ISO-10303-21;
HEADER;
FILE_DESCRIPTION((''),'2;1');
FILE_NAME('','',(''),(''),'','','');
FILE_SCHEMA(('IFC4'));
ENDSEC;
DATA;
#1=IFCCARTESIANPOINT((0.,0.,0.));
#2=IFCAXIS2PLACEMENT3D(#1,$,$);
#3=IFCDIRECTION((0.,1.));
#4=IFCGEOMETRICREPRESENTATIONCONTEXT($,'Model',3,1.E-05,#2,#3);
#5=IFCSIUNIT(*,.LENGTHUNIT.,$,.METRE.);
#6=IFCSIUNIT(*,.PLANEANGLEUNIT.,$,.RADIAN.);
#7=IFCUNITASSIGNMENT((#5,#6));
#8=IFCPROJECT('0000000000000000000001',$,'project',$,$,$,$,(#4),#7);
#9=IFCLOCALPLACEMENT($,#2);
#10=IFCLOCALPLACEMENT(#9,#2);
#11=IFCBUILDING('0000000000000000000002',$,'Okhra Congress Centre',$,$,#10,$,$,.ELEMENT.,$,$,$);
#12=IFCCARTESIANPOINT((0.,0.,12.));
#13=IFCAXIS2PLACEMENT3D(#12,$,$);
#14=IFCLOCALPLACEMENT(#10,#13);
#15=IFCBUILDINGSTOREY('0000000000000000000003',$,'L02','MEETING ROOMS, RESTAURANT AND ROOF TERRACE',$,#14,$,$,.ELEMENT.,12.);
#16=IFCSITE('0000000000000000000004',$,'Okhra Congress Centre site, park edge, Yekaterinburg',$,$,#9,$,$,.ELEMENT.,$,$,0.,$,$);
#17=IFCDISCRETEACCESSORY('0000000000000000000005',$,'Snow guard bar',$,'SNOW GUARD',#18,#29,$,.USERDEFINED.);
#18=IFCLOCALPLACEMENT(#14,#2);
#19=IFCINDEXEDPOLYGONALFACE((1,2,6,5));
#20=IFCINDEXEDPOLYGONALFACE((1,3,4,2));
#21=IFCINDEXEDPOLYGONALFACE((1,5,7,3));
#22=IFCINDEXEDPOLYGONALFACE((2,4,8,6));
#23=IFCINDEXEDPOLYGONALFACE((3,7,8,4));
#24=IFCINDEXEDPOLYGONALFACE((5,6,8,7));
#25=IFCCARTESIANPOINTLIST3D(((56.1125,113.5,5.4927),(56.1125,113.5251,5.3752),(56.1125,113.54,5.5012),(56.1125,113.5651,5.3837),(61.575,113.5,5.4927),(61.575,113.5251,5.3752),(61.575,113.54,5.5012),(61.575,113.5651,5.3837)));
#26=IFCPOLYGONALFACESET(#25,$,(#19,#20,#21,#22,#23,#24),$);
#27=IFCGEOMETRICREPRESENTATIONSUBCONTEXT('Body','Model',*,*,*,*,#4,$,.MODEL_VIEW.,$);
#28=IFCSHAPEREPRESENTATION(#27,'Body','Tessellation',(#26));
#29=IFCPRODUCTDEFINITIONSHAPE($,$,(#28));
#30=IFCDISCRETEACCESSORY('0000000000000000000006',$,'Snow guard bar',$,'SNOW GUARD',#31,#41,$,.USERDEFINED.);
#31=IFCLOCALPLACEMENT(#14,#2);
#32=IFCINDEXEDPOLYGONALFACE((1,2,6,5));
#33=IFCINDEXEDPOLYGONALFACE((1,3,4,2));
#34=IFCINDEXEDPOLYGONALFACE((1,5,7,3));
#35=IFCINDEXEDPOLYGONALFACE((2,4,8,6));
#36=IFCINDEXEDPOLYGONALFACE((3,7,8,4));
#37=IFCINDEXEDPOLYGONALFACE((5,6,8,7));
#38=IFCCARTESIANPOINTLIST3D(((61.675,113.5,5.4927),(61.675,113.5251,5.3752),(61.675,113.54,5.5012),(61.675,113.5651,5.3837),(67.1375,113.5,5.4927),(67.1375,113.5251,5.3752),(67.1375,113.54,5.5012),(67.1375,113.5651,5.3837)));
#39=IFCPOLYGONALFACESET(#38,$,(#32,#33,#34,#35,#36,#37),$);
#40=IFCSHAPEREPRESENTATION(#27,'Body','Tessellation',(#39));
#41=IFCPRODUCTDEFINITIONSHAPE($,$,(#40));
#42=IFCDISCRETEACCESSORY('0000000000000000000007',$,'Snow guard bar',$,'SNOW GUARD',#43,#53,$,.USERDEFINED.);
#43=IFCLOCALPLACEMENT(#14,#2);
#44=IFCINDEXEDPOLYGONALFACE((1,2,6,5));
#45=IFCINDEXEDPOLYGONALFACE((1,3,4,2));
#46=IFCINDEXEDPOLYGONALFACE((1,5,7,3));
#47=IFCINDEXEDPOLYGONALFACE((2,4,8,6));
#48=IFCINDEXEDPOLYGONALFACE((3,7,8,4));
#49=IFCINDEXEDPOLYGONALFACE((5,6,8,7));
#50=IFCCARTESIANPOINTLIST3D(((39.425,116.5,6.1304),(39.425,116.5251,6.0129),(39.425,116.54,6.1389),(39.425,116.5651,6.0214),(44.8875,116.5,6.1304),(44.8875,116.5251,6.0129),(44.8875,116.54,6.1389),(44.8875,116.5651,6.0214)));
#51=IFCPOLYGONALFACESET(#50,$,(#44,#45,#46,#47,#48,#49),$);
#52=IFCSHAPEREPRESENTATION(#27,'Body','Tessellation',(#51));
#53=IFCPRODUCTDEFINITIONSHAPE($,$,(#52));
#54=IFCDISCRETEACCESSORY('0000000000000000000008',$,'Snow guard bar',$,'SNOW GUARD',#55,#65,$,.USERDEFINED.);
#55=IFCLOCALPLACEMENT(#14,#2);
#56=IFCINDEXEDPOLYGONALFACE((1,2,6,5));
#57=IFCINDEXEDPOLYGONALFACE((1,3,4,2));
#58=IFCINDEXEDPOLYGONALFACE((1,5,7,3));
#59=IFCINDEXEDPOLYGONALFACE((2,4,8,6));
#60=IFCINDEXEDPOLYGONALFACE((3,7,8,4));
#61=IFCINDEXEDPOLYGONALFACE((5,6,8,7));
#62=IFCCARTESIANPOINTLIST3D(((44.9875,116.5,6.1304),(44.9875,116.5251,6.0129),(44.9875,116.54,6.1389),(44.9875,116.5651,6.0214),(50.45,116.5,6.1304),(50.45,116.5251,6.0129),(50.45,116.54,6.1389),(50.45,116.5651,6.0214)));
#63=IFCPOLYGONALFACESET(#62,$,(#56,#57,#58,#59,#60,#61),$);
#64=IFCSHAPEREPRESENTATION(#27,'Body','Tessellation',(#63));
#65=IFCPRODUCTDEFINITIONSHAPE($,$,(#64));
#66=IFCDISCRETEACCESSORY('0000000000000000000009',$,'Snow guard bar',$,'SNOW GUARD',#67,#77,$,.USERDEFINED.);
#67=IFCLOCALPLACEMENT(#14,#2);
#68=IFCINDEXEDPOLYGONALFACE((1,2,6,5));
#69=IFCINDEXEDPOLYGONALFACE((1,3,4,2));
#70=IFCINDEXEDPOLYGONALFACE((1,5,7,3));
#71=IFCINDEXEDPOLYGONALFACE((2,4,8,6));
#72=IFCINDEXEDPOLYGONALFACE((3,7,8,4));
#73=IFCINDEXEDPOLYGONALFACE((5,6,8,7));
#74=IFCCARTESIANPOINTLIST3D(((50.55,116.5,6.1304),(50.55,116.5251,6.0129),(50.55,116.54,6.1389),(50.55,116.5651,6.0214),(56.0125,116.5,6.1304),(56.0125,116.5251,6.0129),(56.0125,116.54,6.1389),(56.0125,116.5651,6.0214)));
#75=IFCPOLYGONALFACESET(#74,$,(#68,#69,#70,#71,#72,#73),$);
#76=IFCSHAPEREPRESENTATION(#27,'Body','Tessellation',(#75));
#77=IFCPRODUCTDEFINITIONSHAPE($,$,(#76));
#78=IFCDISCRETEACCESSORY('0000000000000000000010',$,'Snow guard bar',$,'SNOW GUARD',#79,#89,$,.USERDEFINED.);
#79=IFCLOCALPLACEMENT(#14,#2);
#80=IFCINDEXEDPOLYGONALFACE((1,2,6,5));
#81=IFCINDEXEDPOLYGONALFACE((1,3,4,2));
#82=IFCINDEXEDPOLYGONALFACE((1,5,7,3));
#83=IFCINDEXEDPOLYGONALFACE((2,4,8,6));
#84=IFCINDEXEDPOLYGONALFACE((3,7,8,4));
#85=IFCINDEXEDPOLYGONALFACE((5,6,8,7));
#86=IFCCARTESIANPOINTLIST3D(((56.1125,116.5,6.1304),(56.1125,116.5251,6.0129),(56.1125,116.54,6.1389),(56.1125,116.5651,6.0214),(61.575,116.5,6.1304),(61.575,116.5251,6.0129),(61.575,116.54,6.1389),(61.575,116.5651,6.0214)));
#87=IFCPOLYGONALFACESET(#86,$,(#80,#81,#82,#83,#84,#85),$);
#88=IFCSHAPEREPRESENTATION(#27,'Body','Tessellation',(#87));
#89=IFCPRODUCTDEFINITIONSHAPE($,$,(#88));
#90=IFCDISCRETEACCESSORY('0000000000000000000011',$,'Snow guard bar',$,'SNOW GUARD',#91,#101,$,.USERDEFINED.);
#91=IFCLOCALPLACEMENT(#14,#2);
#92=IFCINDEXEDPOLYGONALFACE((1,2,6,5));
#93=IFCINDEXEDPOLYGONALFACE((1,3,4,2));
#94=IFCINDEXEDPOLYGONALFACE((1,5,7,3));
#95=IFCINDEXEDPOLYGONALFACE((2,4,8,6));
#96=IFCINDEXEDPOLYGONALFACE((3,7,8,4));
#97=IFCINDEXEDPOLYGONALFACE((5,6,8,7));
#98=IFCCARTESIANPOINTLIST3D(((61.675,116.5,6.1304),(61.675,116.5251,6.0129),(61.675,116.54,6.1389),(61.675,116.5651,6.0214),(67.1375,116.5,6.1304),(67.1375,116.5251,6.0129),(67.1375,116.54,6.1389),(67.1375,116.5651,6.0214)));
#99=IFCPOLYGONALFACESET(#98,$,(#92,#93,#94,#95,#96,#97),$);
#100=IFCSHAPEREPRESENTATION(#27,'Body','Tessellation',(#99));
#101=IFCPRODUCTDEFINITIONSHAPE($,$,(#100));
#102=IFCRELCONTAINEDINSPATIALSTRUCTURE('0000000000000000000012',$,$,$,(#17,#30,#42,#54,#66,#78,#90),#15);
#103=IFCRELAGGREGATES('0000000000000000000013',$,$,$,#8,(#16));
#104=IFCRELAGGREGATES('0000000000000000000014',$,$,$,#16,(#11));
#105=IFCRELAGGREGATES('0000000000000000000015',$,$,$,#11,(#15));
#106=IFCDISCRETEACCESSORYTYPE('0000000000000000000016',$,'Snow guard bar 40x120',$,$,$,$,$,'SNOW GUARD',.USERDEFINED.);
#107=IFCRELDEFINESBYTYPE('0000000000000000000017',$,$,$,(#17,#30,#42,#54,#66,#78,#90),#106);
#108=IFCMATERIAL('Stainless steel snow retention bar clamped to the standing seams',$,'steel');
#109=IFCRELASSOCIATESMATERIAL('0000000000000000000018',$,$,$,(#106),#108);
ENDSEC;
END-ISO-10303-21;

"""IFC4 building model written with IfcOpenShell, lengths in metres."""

from ifc_helpers import new_model, si_unit, direction, frame, origin, place, context, subcontext, project, spatial, polyline, outline, extrude, material, type_object, element, save


model = new_model("IFC4")

# Units and contexts
model_context = context("Model", 3, precision=1e-05, world=origin(), true_north=direction((0.0, 1.0)))
body_context = subcontext(model_context, "Body", "Model", "MODEL_VIEW")
ifc_project = project(units=[si_unit("LENGTHUNIT", "METRE"), si_unit("PLANEANGLEUNIT", "RADIAN")], contexts=[model_context])

# Site, building, storey
site_placement = place(None, origin())
site = spatial("IfcSite", under=ifc_project, at=site_placement, Name="Okhra Congress Centre site, park edge, Yekaterinburg", CompositionType="ELEMENT", RefElevation=0.0)
building_placement = place(site_placement, origin())
building = spatial("IfcBuilding", under=site, at=building_placement, Name="Okhra Congress Centre", CompositionType="ELEMENT")
storey_placement = place(building_placement, frame((0.0, 0.0, 12.0)))
storey = spatial("IfcBuildingStorey", under=building, at=storey_placement, Name="L02", Description="MEETING ROOMS, RESTAURANT AND ROOF TERRACE", CompositionType="ELEMENT", Elevation=12.0)

# Discrete accessories
ifc_material_1 = material(Name="Stainless steel snow retention bar clamped to the standing seams", Category="steel")
discrete_accessory_type_1 = type_object("IfcDiscreteAccessoryType", Name="Snow guard bar 40x120", ElementType="SNOW GUARD", PredefinedType="USERDEFINED", material=ifc_material_1)
for number, where, z_axis, x_axis, name in (
    (1, (56.1125, 113.5, 5.4927), (0.0, -0.208715, 0.977977), (1.0, 0.0, 0.0), "Snow guard bar"),
    (2, (61.675, 113.5, 5.4927), (0.0, -0.208715, 0.977977), (1.0, 0.0, 0.0), "Snow guard bar"),
    (3, (39.425, 116.5, 6.1304), (0.0, -0.208715, 0.977977), (1.0, 0.0, 0.0), "Snow guard bar"),
    (4, (44.9875, 116.5, 6.1304), (0.0, -0.208715, 0.977977), (1.0, 0.0, 0.0), "Snow guard bar"),
    (5, (50.55, 116.5, 6.1304), (0.0, -0.208715, 0.977977), (1.0, 0.0, 0.0), "Snow guard bar"),
    (6, (56.1125, 116.5, 6.1304), (0.0, -0.208715, 0.977977), (1.0, 0.0, 0.0), "Snow guard bar"),
    (7, (61.675, 116.5, 6.1304), (0.0, -0.208715, 0.977977), (1.0, 0.0, 0.0), "Snow guard bar"),
):
    element("IfcDiscreteAccessory", number, at=place(storey_placement, frame(where, z_axis=z_axis, x_axis=x_axis)), inside=storey, type_object=discrete_accessory_type_1, Name=name, ObjectType="SNOW GUARD", PredefinedType="USERDEFINED", context=body_context, shape_type="SweptSolid", body=[
        extrude(outline(polyline([(0.0, 0.0), (5.4624, 0.0), (5.4624, 0.0409), (0.0, 0.0409), (0.0, 0.0)])), origin(), (0.0, 0.0, -1.0), 0.1201),
    ])

save(model, "model.ifc")
